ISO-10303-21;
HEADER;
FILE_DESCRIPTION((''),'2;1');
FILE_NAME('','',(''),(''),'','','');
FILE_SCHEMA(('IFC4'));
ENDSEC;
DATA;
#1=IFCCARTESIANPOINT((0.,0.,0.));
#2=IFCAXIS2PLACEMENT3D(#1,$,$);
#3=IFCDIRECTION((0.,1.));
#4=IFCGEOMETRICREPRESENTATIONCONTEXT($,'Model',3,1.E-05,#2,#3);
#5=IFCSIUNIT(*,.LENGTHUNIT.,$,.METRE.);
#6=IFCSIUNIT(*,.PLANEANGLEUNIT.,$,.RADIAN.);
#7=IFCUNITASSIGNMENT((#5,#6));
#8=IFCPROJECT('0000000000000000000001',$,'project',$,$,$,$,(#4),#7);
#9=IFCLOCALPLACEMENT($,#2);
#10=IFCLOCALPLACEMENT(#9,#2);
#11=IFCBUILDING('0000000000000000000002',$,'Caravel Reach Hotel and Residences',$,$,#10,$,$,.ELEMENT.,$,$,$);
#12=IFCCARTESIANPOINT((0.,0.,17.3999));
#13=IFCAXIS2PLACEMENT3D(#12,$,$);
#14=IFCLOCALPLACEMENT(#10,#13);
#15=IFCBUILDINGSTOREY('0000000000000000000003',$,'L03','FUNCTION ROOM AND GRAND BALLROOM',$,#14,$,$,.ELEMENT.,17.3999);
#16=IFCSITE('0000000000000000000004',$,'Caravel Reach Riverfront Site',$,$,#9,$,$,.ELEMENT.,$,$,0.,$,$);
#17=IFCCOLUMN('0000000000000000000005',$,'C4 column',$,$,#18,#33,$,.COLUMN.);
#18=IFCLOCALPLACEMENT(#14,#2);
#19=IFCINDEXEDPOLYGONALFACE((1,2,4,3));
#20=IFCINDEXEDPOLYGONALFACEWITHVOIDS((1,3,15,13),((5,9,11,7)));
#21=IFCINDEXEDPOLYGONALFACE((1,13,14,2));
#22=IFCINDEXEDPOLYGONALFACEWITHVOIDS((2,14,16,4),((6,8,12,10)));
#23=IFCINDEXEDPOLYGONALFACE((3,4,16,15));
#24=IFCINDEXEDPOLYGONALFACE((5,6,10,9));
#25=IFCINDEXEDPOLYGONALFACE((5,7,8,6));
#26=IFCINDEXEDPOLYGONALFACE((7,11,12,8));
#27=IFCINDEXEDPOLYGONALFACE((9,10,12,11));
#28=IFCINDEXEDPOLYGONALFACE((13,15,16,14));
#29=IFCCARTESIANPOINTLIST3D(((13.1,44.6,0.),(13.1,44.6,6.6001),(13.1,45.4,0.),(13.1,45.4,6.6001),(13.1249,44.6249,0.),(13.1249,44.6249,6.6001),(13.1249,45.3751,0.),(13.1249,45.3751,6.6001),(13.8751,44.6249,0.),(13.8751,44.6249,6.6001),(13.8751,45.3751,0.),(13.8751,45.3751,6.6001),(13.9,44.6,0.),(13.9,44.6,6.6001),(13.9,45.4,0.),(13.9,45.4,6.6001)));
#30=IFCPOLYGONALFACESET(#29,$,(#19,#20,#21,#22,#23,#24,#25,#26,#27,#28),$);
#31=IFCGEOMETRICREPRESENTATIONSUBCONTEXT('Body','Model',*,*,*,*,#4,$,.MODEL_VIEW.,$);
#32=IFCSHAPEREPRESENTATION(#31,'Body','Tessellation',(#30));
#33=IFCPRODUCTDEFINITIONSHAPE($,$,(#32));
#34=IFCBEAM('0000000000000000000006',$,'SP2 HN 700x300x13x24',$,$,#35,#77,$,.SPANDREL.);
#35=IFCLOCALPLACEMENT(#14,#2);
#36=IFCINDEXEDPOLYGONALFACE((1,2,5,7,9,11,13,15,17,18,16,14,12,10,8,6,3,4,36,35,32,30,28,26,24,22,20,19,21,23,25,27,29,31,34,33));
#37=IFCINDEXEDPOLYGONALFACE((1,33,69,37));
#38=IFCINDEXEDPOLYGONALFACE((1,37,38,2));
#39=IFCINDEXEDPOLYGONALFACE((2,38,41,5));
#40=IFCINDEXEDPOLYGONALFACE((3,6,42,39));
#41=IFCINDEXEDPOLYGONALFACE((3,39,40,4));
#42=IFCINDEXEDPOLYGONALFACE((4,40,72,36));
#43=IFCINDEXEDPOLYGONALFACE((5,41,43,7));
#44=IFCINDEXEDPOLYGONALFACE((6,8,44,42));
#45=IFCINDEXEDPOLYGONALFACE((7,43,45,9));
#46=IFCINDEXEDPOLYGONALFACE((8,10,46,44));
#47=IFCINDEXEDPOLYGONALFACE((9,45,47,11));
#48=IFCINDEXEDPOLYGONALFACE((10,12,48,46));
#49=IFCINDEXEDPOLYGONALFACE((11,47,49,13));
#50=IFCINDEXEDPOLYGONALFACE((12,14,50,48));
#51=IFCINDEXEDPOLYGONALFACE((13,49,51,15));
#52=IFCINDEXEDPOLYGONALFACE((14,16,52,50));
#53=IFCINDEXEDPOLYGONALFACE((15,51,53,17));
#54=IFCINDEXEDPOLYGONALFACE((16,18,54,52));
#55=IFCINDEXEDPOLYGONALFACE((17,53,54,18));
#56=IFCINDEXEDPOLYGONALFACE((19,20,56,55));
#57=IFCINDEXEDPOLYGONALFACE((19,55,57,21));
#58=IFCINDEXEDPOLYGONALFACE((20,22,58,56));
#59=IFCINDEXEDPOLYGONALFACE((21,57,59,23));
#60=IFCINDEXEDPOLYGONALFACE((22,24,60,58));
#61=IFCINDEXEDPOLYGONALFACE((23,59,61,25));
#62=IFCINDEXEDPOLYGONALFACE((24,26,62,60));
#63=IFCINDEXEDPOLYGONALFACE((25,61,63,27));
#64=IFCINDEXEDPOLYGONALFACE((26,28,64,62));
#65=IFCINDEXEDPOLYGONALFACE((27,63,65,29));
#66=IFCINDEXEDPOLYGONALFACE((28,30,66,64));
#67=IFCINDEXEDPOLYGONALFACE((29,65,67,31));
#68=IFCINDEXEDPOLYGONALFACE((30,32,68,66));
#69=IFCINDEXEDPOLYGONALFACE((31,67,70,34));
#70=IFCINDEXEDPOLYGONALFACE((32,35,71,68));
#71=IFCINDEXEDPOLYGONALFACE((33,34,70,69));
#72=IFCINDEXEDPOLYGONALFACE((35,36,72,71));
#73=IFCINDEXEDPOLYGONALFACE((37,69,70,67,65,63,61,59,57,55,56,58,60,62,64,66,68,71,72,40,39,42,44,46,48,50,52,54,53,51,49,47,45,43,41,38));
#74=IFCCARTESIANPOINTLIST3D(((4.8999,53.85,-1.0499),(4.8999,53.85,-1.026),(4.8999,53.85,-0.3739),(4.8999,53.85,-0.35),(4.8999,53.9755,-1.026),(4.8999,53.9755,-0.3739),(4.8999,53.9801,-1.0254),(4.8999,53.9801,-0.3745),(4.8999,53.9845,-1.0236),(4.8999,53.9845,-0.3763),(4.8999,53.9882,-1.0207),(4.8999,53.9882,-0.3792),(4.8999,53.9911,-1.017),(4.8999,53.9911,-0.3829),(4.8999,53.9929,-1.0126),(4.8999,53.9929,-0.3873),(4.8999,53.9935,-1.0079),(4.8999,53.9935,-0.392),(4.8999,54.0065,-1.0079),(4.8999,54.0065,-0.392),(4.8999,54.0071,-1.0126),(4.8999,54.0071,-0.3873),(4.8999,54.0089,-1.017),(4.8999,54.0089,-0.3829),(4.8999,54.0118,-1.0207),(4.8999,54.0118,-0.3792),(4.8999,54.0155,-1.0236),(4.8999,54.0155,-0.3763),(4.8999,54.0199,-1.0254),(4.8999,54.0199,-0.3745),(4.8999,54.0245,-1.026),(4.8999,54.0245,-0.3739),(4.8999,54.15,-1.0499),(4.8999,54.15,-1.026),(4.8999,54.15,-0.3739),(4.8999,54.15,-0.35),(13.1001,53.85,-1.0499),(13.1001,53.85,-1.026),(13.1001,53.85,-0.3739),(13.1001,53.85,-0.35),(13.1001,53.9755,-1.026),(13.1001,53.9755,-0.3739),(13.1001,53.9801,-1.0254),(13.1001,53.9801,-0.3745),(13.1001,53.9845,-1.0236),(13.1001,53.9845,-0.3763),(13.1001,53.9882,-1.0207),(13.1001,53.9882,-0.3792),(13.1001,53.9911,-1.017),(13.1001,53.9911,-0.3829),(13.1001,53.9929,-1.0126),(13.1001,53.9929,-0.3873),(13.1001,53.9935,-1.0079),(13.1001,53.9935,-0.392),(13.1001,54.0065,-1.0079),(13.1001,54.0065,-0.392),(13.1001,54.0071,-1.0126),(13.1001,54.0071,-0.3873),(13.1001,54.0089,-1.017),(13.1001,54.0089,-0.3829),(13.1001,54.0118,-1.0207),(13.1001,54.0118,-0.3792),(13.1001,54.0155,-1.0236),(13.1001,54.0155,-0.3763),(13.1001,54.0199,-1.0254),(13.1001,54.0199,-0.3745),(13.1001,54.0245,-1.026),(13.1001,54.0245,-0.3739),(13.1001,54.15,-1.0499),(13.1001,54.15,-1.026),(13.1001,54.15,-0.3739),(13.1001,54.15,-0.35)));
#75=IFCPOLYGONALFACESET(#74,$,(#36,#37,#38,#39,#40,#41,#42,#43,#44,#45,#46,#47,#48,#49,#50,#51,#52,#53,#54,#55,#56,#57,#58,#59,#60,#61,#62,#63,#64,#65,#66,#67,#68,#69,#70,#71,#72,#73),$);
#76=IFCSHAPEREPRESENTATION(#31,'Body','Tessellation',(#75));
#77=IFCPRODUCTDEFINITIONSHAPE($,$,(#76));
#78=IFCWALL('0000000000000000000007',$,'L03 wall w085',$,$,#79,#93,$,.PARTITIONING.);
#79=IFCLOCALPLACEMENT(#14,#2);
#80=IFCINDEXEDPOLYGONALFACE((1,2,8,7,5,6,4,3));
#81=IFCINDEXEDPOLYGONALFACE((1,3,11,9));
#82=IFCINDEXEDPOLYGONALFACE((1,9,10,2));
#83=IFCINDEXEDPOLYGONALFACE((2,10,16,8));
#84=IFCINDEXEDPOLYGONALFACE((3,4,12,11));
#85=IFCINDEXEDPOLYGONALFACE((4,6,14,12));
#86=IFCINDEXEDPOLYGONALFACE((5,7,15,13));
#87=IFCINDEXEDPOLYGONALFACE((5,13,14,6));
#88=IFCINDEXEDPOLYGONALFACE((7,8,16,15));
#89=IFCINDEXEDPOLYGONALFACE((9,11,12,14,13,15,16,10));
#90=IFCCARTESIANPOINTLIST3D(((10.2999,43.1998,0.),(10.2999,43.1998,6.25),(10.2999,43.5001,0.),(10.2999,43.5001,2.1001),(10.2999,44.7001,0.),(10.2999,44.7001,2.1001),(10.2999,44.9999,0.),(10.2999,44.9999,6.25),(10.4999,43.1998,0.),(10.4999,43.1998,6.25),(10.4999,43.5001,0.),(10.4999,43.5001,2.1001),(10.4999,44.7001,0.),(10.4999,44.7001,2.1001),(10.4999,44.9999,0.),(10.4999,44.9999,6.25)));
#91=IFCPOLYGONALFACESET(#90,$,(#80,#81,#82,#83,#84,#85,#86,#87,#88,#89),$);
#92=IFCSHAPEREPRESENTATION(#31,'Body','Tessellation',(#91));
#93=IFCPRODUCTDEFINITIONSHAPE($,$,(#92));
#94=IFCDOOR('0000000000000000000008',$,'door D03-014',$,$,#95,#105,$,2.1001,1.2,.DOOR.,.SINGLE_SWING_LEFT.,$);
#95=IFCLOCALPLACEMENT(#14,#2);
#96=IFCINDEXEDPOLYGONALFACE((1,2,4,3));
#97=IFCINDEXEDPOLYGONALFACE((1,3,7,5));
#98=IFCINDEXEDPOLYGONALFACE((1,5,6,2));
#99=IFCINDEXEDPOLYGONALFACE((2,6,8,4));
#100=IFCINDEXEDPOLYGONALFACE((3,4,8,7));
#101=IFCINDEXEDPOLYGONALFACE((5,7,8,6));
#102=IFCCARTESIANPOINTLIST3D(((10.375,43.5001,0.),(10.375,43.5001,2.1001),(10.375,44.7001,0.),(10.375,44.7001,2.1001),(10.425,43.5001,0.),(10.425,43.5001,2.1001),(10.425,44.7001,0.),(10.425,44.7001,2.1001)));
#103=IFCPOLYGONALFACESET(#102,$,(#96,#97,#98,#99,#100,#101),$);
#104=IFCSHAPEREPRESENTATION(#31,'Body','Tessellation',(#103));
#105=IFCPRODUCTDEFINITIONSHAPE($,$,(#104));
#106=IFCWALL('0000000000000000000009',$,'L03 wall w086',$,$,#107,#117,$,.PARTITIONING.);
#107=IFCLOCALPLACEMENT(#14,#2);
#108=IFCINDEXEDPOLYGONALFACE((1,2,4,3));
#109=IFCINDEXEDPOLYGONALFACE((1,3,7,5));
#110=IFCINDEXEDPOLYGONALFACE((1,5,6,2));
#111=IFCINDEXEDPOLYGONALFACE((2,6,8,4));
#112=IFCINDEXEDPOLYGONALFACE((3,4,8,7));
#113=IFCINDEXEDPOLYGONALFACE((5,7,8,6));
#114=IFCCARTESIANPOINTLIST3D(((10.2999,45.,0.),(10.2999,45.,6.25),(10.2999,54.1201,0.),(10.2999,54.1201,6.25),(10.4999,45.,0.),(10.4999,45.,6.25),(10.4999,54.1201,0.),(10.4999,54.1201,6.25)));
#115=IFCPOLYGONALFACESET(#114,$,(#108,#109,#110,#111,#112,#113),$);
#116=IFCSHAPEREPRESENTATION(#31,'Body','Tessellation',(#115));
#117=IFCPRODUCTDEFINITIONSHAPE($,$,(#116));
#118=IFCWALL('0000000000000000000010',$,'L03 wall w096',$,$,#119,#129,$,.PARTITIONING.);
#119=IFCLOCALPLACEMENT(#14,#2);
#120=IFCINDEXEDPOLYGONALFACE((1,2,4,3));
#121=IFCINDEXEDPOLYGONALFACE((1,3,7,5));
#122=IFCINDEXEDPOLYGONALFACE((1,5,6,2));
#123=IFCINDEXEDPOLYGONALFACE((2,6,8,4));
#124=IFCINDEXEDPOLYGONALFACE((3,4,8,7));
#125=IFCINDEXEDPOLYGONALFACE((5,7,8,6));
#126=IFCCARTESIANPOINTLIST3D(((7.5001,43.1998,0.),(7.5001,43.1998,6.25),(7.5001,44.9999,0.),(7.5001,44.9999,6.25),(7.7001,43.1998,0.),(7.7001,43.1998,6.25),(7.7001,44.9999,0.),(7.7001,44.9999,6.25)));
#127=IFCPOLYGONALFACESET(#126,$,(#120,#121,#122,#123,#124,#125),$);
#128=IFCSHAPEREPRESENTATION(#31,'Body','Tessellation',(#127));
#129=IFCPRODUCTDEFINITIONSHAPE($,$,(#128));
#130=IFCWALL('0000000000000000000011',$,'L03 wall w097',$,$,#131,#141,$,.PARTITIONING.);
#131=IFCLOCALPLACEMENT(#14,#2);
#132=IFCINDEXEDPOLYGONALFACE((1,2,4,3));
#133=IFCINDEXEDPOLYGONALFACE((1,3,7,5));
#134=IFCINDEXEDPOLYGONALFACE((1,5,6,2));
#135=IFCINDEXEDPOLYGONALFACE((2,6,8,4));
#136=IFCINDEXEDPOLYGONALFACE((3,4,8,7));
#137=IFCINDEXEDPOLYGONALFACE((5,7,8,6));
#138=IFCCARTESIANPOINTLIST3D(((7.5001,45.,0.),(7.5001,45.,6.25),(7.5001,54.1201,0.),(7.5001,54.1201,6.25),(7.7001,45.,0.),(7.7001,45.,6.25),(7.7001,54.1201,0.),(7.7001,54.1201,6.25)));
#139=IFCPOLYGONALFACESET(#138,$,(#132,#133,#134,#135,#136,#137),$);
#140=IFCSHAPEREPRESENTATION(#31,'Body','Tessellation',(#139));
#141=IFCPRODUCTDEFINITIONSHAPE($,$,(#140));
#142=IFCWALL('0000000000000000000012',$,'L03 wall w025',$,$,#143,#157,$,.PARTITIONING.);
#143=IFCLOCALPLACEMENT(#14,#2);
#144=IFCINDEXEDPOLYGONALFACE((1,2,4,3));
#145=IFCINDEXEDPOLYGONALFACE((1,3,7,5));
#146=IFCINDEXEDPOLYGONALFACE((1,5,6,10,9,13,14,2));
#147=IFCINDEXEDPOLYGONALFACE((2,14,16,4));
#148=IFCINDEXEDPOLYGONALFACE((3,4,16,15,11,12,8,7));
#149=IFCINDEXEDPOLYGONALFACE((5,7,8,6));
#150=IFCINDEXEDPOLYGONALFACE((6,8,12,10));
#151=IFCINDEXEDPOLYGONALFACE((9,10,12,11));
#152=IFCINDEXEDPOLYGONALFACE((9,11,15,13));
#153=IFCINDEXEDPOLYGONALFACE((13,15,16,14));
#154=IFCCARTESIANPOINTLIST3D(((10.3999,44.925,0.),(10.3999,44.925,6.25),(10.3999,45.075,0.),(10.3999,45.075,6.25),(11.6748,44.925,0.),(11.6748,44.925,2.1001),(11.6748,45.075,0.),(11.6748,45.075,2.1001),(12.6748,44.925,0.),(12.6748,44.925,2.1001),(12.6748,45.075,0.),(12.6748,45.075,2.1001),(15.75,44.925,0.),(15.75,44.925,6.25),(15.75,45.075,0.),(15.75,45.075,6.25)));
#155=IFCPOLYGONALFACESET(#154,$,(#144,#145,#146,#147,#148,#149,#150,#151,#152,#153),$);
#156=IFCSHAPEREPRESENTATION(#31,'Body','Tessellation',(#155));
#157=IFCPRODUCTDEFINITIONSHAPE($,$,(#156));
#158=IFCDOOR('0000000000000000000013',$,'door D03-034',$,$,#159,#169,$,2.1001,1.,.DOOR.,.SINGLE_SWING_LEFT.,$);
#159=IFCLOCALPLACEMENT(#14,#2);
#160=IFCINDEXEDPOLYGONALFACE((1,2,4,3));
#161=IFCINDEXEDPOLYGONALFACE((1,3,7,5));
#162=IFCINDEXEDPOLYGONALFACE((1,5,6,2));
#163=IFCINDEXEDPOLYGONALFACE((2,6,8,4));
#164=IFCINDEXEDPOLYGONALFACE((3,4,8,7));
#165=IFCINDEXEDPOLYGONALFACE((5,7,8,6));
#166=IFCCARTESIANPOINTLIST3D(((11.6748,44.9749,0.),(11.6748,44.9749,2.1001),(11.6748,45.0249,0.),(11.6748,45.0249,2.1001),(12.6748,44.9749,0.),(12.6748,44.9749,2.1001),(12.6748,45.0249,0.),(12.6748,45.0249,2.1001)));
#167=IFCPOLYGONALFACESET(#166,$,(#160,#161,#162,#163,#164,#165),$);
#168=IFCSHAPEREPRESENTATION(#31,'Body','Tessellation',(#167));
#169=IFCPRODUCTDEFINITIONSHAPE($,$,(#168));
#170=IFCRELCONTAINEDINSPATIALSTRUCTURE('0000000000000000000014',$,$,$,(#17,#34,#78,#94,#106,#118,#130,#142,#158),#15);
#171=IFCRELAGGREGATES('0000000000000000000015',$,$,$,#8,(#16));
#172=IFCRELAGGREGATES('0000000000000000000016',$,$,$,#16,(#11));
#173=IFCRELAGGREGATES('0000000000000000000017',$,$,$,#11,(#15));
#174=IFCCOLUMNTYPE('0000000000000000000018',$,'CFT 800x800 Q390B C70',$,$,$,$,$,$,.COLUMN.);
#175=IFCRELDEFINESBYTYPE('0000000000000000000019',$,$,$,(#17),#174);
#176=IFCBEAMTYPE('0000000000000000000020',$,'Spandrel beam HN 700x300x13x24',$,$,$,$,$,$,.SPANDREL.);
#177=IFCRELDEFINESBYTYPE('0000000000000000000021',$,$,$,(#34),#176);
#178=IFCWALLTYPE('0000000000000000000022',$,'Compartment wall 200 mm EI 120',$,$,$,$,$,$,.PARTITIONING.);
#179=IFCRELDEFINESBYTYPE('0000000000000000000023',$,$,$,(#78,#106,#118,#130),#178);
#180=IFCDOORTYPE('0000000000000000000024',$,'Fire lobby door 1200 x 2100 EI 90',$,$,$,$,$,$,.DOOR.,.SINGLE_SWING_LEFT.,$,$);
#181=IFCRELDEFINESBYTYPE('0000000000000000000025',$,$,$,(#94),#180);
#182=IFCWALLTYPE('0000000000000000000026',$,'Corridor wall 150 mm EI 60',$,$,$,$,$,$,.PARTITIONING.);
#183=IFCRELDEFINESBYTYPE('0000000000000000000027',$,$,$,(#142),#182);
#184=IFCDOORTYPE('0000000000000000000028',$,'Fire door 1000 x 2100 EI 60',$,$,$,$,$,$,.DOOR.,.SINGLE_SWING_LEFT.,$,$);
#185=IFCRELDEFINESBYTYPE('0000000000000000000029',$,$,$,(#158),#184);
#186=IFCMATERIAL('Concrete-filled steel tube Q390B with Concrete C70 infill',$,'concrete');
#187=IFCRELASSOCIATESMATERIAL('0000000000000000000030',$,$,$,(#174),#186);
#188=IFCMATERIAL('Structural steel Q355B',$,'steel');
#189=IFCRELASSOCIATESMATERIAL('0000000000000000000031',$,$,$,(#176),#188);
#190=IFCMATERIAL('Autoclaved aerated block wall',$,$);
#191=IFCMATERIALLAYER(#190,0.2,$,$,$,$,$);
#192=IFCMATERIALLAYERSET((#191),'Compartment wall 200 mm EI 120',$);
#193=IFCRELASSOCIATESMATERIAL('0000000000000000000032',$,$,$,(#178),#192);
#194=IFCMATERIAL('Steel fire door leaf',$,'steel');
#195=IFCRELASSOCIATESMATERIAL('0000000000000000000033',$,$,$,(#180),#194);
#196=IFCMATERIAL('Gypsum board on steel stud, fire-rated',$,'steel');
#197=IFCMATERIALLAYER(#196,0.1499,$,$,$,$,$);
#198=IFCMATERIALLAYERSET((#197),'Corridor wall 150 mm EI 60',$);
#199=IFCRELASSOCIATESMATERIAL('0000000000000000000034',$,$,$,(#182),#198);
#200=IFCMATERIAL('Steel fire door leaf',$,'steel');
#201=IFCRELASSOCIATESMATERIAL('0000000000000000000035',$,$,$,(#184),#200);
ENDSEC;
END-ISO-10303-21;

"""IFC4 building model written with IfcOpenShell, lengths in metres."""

from ifc_helpers import new_model, si_unit, direction, frame, frame_2d, origin, origin_2d, place, context, subcontext, project, spatial, rectangle, hollow_rectangle, i_section, extrude, material, layer, layer_set, material_profile, profile_set, type_object, element, fill, save


model = new_model("IFC4")

# Units and contexts
model_context = context("Model", 3, precision=1e-05, world=origin(), true_north=direction((0.0, 1.0)))
body_context = subcontext(model_context, "Body", "Model", "MODEL_VIEW")
ifc_project = project(units=[si_unit("LENGTHUNIT", "METRE"), si_unit("PLANEANGLEUNIT", "RADIAN")], contexts=[model_context])

# Site, building, storey
site_placement = place(None, origin())
site = spatial("IfcSite", under=ifc_project, at=site_placement, Name="Caravel Reach Riverfront Site", CompositionType="ELEMENT", RefElevation=0.0)
building_placement = place(site_placement, origin())
building = spatial("IfcBuilding", under=site, at=building_placement, Name="Caravel Reach Hotel and Residences", CompositionType="ELEMENT")
storey_placement = place(building_placement, frame((0.0, 0.0, 17.3999)))
storey = spatial("IfcBuildingStorey", under=building, at=storey_placement, Name="L03", Description="FUNCTION ROOM AND GRAND BALLROOM", CompositionType="ELEMENT", Elevation=17.3999)

# Column
ifc_material_1 = material(Name="Concrete-filled steel tube Q390B with Concrete C70 infill", Category="concrete")
ifc_material_profile_1 = material_profile(ifc_material_1, hollow_rectangle(XDim=0.8, YDim=0.8, WallThickness=0.0249, at=origin_2d()), Name="RHS 800x800x25")
ifc_profile_set_1 = profile_set([ifc_material_profile_1], Name="Concrete-filled steel tube Q390B with Concrete C70 infill")
column_type = type_object("IfcColumnType", Name="CFT 800x800 Q390B C70", PredefinedType="COLUMN", material=ifc_profile_set_1)
column_placement = place(storey_placement, frame((13.5, 45.0, 0.0), z_axis=(0.0, 0.0, 1.0), x_axis=(1.0, 0.0, 0.0)))
element("IfcColumn", 1, at=column_placement, inside=storey, type_object=column_type, Name="C4 column", PredefinedType="COLUMN", context=body_context, shape_type="SweptSolid", body=[
    extrude(hollow_rectangle(XDim=0.8, YDim=0.8, WallThickness=0.0249, at=origin_2d()), origin(), (0.0, 0.0, 1.0), 6.6001),
])

# Beam
ifc_material_2 = material(Name="Structural steel Q355B", Category="steel")
ifc_material_profile_2 = material_profile(ifc_material_2, i_section(OverallWidth=0.3, OverallDepth=0.7, WebThickness=0.0129, FlangeThickness=0.0239, FilletRadius=0.0181, at=origin_2d()), Name="HN 700x300x13x24")
ifc_profile_set_2 = profile_set([ifc_material_profile_2], Name="Structural steel Q355B")
beam_type = type_object("IfcBeamType", Name="Spandrel beam HN 700x300x13x24", PredefinedType="SPANDREL", material=ifc_profile_set_2)
beam_placement = place(storey_placement, frame((13.1001, 54.0, -0.7), z_axis=(-1.0, 0.0, 0.0), x_axis=(0.0, -1.0, 0.0)))
element("IfcBeam", 2, at=beam_placement, inside=storey, type_object=beam_type, Name="SP2 HN 700x300x13x24", PredefinedType="SPANDREL", context=body_context, shape_type="SweptSolid", body=[
    extrude(i_section(OverallWidth=0.3, OverallDepth=0.7, WebThickness=0.0129, FlangeThickness=0.0239, FilletRadius=0.0181, at=origin_2d()), origin(), (0.0, 0.0, 1.0), 8.2002),
])

# Wall, opening, door
ifc_material_3 = material(Name="Autoclaved aerated block wall")
ifc_layer_1 = layer(ifc_material_3, 0.2)
ifc_layer_set_1 = layer_set([ifc_layer_1], Name="Compartment wall 200 mm EI 120")
wall_type_1 = type_object("IfcWallType", Name="Compartment wall 200 mm EI 120", PredefinedType="PARTITIONING", material=ifc_layer_set_1)
wall_1_placement = place(storey_placement, frame((10.3999, 43.2, 0.0), z_axis=(0.0, 0.0, 1.0), x_axis=(0.0, 1.0, 0.0)))
wall_1 = element("IfcWall", 3, at=wall_1_placement, inside=storey, type_object=wall_type_1, Name="L03 wall w085", PredefinedType="PARTITIONING", context=body_context, shape_type="SweptSolid", body=[
    extrude(rectangle(XDim=1.8, YDim=0.2, at=frame_2d((0.8999, 0.0))), origin(), (0.0, 0.0, 1.0), 6.25),
])
opening_1_placement = place(wall_1_placement, frame((0.3, 0.0, 0.0)))
opening_1 = element("IfcOpeningElement", 4, at=opening_1_placement, cuts=wall_1, PredefinedType="OPENING", context=body_context, shape_type="SweptSolid", body=[
    extrude(rectangle(XDim=1.2, YDim=2.1001, at=frame_2d((0.6001, 1.05))), frame((0.0, 0.1099, 0.0), z_axis=(0.0, -1.0, 0.0), x_axis=(1.0, 0.0, 0.0)), (0.0, 0.0, 1.0), 0.22),
])
ifc_material_4 = material(Name="Steel fire door leaf", Category="steel")
door_type_1 = type_object("IfcDoorType", Name="Fire lobby door 1200 x 2100 EI 90", OperationType="SINGLE_SWING_LEFT", PredefinedType="DOOR", material=ifc_material_4)
door_1_placement = place(opening_1_placement, origin())
door_1 = element("IfcDoor", 5, at=door_1_placement, inside=storey, type_object=door_type_1, Name="door D03-014", OperationType="SINGLE_SWING_LEFT", OverallHeight=2.1001, OverallWidth=1.2, PredefinedType="DOOR", context=body_context, shape_type="SweptSolid", body=[
    extrude(rectangle(XDim=1.2, YDim=2.1001, at=frame_2d((0.6001, 1.05))), frame((0.0, 0.0249, 0.0), z_axis=(0.0, -1.0, 0.0), x_axis=(1.0, 0.0, 0.0)), (0.0, 0.0, 1.0), 0.05),
])
fill(opening_1, door_1)

# Walls
wall_2_placement = place(storey_placement, frame((10.3999, 45.0, 0.0), z_axis=(0.0, 0.0, 1.0), x_axis=(0.0, 1.0, 0.0)))
element("IfcWall", 6, at=wall_2_placement, inside=storey, type_object=wall_type_1, Name="L03 wall w086", PredefinedType="PARTITIONING", context=body_context, shape_type="SweptSolid", body=[
    extrude(rectangle(XDim=9.1201, YDim=0.2, at=frame_2d((4.5601, 0.0))), origin(), (0.0, 0.0, 1.0), 6.25),
])
wall_3_placement = place(storey_placement, frame((7.6001, 43.2, 0.0), z_axis=(0.0, 0.0, 1.0), x_axis=(0.0, 1.0, 0.0)))
element("IfcWall", 7, at=wall_3_placement, inside=storey, type_object=wall_type_1, Name="L03 wall w096", PredefinedType="PARTITIONING", context=body_context, shape_type="SweptSolid", body=[
    extrude(rectangle(XDim=1.8, YDim=0.2, at=frame_2d((0.8999, 0.0))), origin(), (0.0, 0.0, 1.0), 6.25),
])
wall_4_placement = place(storey_placement, frame((7.6001, 45.0, 0.0), z_axis=(0.0, 0.0, 1.0), x_axis=(0.0, 1.0, 0.0)))
element("IfcWall", 8, at=wall_4_placement, inside=storey, type_object=wall_type_1, Name="L03 wall w097", PredefinedType="PARTITIONING", context=body_context, shape_type="SweptSolid", body=[
    extrude(rectangle(XDim=9.1201, YDim=0.2, at=frame_2d((4.5601, 0.0))), origin(), (0.0, 0.0, 1.0), 6.25),
])

# Wall, opening, door
ifc_material_5 = material(Name="Gypsum board on steel stud, fire-rated", Category="steel")
ifc_layer_2 = layer(ifc_material_5, 0.1499)
ifc_layer_set_2 = layer_set([ifc_layer_2], Name="Corridor wall 150 mm EI 60")
wall_type_2 = type_object("IfcWallType", Name="Corridor wall 150 mm EI 60", PredefinedType="PARTITIONING", material=ifc_layer_set_2)
wall_5_placement = place(storey_placement, frame((10.3999, 45.0, 0.0), z_axis=(0.0, 0.0, 1.0), x_axis=(1.0, 0.0, 0.0)))
wall_5 = element("IfcWall", 9, at=wall_5_placement, inside=storey, type_object=wall_type_2, Name="L03 wall w025", PredefinedType="PARTITIONING", context=body_context, shape_type="SweptSolid", body=[
    extrude(rectangle(XDim=5.3501, YDim=0.1499, at=frame_2d((2.675, 0.0))), origin(), (0.0, 0.0, 1.0), 6.25),
])
opening_2_placement = place(wall_5_placement, frame((1.2749, 0.0, 0.0)))
opening_2 = element("IfcOpeningElement", 10, at=opening_2_placement, cuts=wall_5, PredefinedType="OPENING", context=body_context, shape_type="SweptSolid", body=[
    extrude(rectangle(XDim=1.0, YDim=2.1001, at=frame_2d((0.5, 1.05))), frame((0.0, 0.085, 0.0), z_axis=(0.0, -1.0, 0.0), x_axis=(1.0, 0.0, 0.0)), (0.0, 0.0, 1.0), 0.1699),
])
ifc_material_6 = material(Name="Steel fire door leaf", Category="steel")
door_type_2 = type_object("IfcDoorType", Name="Fire door 1000 x 2100 EI 60", OperationType="SINGLE_SWING_LEFT", PredefinedType="DOOR", material=ifc_material_6)
door_2_placement = place(opening_2_placement, origin())
door_2 = element("IfcDoor", 11, at=door_2_placement, inside=storey, type_object=door_type_2, Name="door D03-034", OperationType="SINGLE_SWING_LEFT", OverallHeight=2.1001, OverallWidth=1.0, PredefinedType="DOOR", context=body_context, shape_type="SweptSolid", body=[
    extrude(rectangle(XDim=1.0, YDim=2.1001, at=frame_2d((0.5, 1.05))), frame((0.0, 0.0249, 0.0), z_axis=(0.0, -1.0, 0.0), x_axis=(1.0, 0.0, 0.0)), (0.0, 0.0, 1.0), 0.05),
])
fill(opening_2, door_2)

save(model, "model.ifc")
